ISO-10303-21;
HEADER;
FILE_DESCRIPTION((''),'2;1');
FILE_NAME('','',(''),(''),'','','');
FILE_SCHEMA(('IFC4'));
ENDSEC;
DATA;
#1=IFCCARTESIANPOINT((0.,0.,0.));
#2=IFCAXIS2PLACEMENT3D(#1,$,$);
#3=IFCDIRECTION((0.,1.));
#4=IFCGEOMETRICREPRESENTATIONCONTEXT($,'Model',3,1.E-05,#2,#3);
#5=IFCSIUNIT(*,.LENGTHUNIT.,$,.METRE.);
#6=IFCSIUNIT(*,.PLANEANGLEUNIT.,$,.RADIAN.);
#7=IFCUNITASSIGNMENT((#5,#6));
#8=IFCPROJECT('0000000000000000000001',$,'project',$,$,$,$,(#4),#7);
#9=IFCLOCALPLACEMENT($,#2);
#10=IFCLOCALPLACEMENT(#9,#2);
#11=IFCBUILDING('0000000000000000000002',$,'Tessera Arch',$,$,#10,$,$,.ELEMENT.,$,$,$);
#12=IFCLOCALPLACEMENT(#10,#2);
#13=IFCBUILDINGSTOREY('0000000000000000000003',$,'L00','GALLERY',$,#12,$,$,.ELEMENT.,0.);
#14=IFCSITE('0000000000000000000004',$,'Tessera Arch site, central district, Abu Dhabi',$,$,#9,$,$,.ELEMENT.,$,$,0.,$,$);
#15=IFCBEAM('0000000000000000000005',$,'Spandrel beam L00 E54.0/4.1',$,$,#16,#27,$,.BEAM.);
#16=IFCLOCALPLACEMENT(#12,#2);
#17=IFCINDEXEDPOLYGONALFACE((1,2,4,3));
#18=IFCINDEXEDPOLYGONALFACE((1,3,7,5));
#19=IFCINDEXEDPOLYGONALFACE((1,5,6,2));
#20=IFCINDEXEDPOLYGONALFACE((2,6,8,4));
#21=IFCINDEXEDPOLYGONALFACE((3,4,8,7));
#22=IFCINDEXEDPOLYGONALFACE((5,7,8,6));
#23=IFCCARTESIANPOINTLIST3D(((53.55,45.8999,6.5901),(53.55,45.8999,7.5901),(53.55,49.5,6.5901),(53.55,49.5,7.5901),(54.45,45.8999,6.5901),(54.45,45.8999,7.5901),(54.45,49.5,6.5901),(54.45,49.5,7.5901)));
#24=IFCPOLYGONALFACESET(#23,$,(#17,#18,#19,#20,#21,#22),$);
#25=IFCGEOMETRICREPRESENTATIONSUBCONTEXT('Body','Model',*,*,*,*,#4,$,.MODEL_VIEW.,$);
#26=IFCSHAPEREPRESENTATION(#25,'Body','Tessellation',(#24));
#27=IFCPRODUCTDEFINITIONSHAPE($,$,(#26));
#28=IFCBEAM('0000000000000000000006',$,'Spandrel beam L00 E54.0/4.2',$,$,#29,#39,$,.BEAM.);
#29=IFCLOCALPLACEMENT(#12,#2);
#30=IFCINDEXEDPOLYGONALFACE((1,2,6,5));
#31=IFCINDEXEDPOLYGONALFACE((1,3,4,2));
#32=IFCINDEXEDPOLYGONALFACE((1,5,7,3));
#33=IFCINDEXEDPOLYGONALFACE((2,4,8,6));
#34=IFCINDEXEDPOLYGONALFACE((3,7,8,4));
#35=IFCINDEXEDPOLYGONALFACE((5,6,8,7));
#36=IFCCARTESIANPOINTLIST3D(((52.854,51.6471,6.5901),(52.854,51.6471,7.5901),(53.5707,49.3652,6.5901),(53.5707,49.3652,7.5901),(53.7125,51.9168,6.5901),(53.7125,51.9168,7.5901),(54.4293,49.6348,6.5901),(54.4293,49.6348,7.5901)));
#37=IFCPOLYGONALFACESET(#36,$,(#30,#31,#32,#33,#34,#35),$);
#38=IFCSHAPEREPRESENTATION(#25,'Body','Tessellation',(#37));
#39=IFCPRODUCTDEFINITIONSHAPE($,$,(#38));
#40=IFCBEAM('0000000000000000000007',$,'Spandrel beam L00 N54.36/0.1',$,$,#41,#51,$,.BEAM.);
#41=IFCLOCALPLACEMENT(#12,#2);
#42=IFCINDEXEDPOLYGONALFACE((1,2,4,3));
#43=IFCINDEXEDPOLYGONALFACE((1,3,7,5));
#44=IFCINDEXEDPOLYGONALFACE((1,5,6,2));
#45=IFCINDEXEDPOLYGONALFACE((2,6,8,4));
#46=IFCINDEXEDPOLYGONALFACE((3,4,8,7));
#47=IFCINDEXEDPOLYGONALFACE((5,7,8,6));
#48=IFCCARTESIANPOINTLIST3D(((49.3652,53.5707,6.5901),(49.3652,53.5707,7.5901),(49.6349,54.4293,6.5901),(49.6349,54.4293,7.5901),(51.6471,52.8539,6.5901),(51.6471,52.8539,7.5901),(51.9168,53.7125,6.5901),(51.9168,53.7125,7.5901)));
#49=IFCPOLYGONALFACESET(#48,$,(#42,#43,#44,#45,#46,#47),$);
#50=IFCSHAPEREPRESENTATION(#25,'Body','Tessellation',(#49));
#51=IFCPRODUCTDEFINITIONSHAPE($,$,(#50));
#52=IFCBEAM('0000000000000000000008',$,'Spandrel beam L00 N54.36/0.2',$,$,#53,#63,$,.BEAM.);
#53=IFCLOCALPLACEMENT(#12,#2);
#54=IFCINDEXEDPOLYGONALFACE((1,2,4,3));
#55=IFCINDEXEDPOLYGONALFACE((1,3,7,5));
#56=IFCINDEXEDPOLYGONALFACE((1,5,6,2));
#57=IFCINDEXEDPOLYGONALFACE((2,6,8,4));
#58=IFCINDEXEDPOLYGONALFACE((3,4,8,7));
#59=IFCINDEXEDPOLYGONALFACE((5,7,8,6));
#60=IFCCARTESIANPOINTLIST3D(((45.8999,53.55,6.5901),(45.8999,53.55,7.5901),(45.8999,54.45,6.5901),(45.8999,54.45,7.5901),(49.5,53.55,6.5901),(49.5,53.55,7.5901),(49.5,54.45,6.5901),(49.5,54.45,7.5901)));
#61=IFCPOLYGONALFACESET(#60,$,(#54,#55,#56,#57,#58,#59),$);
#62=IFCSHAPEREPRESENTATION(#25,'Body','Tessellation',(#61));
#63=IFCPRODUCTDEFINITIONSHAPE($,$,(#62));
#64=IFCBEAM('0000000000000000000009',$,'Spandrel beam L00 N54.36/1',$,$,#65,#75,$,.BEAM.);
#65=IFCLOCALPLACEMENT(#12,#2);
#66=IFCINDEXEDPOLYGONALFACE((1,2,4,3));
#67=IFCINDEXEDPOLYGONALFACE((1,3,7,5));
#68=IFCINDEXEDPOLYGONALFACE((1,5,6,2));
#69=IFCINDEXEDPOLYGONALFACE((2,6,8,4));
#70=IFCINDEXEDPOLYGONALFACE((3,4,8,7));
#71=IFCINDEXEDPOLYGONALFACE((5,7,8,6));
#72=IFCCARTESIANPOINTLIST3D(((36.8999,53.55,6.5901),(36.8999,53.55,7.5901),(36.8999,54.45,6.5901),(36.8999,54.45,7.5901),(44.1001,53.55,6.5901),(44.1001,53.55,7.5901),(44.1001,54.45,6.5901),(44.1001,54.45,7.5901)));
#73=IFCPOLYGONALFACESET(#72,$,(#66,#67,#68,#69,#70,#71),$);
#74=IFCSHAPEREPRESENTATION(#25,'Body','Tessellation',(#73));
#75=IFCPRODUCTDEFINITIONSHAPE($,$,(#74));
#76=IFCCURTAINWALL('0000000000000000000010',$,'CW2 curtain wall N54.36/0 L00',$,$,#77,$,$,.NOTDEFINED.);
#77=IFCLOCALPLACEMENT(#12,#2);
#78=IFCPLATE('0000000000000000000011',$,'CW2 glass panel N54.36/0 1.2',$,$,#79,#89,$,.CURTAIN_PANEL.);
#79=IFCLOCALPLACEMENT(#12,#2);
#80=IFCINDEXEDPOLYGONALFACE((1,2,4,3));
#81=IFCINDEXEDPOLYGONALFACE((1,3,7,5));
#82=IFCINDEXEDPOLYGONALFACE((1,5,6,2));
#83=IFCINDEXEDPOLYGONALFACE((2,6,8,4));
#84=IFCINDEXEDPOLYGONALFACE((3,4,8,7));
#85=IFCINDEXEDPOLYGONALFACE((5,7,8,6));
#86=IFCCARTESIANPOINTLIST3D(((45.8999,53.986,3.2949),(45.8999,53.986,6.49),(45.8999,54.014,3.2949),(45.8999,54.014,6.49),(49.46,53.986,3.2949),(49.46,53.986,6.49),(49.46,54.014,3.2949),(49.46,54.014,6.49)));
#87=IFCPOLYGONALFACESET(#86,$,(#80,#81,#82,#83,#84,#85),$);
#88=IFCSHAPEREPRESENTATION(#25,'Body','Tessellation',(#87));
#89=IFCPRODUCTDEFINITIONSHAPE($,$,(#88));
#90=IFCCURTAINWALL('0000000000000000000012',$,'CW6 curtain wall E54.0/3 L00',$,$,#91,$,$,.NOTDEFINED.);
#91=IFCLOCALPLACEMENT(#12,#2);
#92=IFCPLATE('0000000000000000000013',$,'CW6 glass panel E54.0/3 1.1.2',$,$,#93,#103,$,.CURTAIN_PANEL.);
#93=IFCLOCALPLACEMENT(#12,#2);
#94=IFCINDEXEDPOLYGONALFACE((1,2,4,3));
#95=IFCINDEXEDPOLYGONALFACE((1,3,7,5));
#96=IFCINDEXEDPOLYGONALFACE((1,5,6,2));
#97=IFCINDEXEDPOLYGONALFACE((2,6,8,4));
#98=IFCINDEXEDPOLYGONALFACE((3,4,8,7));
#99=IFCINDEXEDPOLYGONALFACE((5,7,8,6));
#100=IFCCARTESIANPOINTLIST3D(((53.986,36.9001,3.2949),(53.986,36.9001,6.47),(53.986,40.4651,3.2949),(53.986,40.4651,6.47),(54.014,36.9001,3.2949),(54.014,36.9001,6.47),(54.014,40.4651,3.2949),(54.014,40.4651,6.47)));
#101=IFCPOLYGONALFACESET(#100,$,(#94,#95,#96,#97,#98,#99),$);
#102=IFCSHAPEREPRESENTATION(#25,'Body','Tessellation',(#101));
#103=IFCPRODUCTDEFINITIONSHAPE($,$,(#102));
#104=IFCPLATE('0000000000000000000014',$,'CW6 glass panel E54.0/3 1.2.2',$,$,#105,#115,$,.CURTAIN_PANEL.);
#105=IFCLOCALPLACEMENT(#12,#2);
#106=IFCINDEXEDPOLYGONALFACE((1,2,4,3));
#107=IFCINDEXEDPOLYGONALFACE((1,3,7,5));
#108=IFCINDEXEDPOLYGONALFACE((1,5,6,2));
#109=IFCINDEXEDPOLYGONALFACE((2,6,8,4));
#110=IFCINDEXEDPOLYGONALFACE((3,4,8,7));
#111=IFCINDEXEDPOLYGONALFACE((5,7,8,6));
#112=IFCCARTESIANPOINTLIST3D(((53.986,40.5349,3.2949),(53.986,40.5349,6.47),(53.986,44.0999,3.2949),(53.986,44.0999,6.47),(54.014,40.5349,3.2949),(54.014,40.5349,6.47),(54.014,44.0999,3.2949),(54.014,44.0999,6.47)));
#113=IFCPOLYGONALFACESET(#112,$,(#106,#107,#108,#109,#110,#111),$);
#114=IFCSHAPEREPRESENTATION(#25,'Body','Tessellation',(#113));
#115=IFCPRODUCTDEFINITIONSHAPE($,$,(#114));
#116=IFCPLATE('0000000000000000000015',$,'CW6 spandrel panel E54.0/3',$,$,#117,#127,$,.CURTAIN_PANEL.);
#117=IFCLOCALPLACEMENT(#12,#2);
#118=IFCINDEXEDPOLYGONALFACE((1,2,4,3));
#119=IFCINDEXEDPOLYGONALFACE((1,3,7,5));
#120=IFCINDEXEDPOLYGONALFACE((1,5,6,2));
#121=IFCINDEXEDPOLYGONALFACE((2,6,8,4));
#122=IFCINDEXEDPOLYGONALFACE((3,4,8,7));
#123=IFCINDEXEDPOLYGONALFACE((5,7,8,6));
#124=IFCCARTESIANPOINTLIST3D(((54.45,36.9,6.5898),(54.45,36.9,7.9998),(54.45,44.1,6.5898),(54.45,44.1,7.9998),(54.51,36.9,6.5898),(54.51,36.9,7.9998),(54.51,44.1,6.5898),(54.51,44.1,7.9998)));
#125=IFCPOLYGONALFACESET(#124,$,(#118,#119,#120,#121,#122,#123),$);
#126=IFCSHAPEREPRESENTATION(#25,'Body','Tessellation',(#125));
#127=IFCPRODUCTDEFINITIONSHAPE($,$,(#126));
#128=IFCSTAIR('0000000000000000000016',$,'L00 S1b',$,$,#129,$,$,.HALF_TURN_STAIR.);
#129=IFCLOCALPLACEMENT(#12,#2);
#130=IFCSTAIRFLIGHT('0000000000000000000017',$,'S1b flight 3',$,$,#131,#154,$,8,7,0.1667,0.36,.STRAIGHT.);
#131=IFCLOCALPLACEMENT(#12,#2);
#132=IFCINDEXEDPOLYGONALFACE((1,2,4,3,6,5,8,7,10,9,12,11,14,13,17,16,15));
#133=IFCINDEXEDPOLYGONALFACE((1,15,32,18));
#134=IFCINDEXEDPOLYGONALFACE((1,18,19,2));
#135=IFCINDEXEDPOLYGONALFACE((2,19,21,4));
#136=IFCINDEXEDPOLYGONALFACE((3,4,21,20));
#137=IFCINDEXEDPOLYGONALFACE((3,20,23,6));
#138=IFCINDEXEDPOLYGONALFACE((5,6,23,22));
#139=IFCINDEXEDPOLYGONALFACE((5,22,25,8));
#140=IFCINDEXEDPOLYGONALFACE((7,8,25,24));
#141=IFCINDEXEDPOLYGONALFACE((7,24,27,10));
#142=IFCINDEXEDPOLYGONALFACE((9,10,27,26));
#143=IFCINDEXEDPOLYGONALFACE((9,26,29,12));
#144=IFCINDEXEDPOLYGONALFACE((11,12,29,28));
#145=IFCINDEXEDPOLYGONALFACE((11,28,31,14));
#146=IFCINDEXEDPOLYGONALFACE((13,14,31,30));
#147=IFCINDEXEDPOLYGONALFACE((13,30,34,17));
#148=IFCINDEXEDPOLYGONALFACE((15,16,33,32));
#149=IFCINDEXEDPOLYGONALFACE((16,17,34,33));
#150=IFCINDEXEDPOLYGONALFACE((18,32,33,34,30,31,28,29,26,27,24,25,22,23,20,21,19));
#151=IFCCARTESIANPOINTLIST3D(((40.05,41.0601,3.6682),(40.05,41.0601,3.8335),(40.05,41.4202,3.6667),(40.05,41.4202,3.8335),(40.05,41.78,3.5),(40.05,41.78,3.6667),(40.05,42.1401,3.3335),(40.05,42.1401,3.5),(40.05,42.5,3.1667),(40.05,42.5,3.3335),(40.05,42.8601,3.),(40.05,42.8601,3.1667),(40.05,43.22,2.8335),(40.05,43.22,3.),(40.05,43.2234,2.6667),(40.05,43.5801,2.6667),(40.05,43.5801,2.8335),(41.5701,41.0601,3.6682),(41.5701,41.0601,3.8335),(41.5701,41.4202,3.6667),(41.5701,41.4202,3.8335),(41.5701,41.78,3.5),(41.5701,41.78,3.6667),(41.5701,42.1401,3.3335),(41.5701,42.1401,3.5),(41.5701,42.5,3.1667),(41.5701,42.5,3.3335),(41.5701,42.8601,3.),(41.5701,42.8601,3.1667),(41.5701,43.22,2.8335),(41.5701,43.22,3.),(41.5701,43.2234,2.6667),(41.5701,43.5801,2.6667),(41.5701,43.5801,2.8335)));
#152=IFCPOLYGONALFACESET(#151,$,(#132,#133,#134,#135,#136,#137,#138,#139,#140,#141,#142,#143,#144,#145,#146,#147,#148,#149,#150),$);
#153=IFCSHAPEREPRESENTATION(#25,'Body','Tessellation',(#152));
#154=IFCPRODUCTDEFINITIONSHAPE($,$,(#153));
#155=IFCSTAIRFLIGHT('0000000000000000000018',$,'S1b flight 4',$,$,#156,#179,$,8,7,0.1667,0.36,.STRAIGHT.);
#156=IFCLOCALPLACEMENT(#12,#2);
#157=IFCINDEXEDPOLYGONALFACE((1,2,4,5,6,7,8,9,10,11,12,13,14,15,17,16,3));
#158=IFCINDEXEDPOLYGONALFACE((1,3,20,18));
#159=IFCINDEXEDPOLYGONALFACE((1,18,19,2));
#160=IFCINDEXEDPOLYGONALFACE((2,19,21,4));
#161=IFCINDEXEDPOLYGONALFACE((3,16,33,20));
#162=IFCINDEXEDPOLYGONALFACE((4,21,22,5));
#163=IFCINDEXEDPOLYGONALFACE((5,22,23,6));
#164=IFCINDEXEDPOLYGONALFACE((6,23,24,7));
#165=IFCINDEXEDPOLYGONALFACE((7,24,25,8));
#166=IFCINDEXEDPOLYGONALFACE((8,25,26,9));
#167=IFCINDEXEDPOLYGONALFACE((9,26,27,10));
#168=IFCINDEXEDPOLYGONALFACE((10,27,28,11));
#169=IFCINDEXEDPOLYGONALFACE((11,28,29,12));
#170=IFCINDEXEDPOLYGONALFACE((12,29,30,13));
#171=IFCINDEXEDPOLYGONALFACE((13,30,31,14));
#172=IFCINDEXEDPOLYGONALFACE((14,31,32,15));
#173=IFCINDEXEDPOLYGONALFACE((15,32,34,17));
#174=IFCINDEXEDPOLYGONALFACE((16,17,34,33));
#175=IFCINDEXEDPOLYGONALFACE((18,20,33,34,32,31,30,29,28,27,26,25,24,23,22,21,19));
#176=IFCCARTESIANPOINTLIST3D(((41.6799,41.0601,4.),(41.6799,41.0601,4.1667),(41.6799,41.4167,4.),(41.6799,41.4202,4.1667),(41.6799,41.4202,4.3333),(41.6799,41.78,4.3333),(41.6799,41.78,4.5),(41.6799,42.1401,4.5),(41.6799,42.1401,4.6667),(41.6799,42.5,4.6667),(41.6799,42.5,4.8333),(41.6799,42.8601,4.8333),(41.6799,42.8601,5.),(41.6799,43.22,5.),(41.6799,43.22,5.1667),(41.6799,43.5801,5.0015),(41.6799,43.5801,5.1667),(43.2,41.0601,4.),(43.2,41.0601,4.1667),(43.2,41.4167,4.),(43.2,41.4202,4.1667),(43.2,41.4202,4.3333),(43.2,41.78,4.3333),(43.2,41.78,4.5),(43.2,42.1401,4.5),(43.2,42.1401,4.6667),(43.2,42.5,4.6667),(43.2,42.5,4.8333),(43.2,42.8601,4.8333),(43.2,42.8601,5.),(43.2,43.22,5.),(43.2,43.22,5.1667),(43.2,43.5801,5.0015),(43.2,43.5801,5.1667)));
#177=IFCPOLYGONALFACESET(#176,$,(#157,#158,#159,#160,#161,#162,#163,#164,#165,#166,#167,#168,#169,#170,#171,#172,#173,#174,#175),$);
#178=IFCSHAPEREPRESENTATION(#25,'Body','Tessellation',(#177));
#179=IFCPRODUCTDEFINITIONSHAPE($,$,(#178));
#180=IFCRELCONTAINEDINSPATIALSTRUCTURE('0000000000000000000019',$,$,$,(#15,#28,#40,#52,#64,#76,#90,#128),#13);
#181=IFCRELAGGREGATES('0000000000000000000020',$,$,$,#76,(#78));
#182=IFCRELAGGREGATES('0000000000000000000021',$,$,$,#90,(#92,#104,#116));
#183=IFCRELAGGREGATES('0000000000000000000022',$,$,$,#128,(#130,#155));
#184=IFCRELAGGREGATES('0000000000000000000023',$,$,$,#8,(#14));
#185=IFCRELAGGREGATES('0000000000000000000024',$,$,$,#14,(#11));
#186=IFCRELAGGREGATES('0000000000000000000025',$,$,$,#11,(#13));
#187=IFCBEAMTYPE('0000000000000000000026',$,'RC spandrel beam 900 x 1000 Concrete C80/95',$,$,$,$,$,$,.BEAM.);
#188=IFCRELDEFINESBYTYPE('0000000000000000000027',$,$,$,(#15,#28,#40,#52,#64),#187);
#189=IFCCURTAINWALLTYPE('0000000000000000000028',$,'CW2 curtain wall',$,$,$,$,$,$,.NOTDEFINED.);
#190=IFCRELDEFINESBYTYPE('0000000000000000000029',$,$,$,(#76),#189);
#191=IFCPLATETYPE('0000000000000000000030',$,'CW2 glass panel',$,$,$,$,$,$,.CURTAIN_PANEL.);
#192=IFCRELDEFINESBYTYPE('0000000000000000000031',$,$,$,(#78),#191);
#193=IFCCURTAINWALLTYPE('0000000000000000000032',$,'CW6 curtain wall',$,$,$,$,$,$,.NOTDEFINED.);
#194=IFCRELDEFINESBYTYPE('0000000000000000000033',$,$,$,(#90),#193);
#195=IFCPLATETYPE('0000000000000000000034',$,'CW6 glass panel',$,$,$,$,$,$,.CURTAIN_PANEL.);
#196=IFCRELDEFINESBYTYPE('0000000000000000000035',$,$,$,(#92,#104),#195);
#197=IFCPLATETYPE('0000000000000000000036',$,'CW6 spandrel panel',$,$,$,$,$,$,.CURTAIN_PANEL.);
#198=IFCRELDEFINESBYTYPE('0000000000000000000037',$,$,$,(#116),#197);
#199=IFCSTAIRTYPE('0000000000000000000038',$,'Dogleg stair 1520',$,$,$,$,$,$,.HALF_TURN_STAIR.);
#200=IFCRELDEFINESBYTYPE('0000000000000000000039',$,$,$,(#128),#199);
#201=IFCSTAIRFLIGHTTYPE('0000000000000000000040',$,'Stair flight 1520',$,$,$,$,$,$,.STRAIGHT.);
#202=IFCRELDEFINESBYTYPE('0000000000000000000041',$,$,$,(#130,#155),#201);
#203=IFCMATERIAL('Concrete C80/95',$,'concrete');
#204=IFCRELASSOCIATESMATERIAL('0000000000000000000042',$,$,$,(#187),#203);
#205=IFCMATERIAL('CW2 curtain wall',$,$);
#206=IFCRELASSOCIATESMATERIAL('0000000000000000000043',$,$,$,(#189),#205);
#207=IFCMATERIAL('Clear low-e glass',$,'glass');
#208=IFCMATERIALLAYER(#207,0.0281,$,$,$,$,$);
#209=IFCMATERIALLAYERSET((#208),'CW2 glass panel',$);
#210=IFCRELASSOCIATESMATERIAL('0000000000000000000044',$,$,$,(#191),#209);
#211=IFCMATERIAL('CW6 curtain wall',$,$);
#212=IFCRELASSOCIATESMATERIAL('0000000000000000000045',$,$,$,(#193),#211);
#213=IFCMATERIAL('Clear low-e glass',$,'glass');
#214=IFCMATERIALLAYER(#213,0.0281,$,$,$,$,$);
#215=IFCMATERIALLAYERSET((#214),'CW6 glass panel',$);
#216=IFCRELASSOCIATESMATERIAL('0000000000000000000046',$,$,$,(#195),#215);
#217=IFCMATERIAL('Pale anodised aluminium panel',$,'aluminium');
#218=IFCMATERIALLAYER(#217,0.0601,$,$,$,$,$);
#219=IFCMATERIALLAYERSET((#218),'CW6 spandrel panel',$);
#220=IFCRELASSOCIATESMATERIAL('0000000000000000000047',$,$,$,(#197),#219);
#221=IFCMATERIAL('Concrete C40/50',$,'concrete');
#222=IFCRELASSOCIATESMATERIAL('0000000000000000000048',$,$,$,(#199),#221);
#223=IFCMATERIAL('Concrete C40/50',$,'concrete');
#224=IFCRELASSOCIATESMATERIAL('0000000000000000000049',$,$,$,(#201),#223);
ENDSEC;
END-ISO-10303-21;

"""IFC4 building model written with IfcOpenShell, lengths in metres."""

from ifc_helpers import new_model, si_unit, direction, frame, origin, origin_2d, place, context, subcontext, project, spatial, polyline, rectangle, outline, extrude, material, layer, layer_set, material_profile, profile_set, type_object, element, aggregate, save


model = new_model("IFC4")

# Units and contexts
model_context = context("Model", 3, precision=1e-05, world=origin(), true_north=direction((0.0, 1.0)))
body_context = subcontext(model_context, "Body", "Model", "MODEL_VIEW")
ifc_project = project(units=[si_unit("LENGTHUNIT", "METRE"), si_unit("PLANEANGLEUNIT", "RADIAN")], contexts=[model_context])

# Site, building, storey
site_placement = place(None, origin())
site = spatial("IfcSite", under=ifc_project, at=site_placement, Name="Tessera Arch site, central district, Abu Dhabi", CompositionType="ELEMENT", RefElevation=0.0)
building_placement = place(site_placement, origin())
building = spatial("IfcBuilding", under=site, at=building_placement, Name="Tessera Arch", CompositionType="ELEMENT")
storey_placement = place(building_placement, origin())
storey = spatial("IfcBuildingStorey", under=building, at=storey_placement, Name="L00", Description="GALLERY", CompositionType="ELEMENT", Elevation=0.0)

# Beams
ifc_material_1 = material(Name="Concrete C80/95", Category="concrete")
ifc_material_profile = material_profile(ifc_material_1, rectangle(XDim=0.8999, YDim=1.0, at=origin_2d()), Name="RC spandrel beam 900 x 1000 Concrete C80/95")
ifc_profile_set = profile_set([ifc_material_profile], Name="Concrete C80/95")
beam_type = type_object("IfcBeamType", Name="RC spandrel beam 900 x 1000 Concrete C80/95", PredefinedType="BEAM", material=ifc_profile_set)
beam_1_placement = place(storey_placement, frame((54.0, 45.8999, 7.0901), z_axis=(0.0, 1.0, 0.0), x_axis=(-1.0, 0.0, 0.0)))
element("IfcBeam", 1, at=beam_1_placement, inside=storey, type_object=beam_type, Name="Spandrel beam L00 E54.0/4.1", PredefinedType="BEAM", context=body_context, shape_type="SweptSolid", body=[
    extrude(rectangle(XDim=0.8999, YDim=1.0, at=origin_2d()), origin(), (0.0, 0.0, 1.0), 3.6001),
])
for number, where, z_axis, x_axis, name in (
    (2, (54.0, 49.5, 7.0901), (-0.299675, 0.954041, 0.0), (-0.954041, -0.299675, 0.0), "Spandrel beam L00 E54.0/4.2"),
    (3, (51.782, 53.2832, 7.0901), (-0.954041, 0.299675, 0.0), (-0.299675, -0.954041, 0.0), "Spandrel beam L00 N54.36/0.1"),
):
    element("IfcBeam", number, at=place(storey_placement, frame(where, z_axis=z_axis, x_axis=x_axis)), inside=storey, type_object=beam_type, Name=name, PredefinedType="BEAM", context=body_context, shape_type="SweptSolid", body=[
        extrude(rectangle(XDim=0.8999, YDim=1.0, at=origin_2d()), origin(), (0.0, 0.0, 1.0), 2.3918),
    ])
beam_2_placement = place(storey_placement, frame((49.5, 54.0, 7.0901), z_axis=(-1.0, 0.0, 0.0), x_axis=(0.0, -1.0, 0.0)))
element("IfcBeam", 4, at=beam_2_placement, inside=storey, type_object=beam_type, Name="Spandrel beam L00 N54.36/0.2", PredefinedType="BEAM", context=body_context, shape_type="SweptSolid", body=[
    extrude(rectangle(XDim=0.8999, YDim=1.0, at=origin_2d()), origin(), (0.0, 0.0, 1.0), 3.6001),
])
beam_3_placement = place(storey_placement, frame((44.1001, 54.0, 7.0901), z_axis=(-1.0, 0.0, 0.0), x_axis=(0.0, -1.0, 0.0)))
element("IfcBeam", 5, at=beam_3_placement, inside=storey, type_object=beam_type, Name="Spandrel beam L00 N54.36/1", PredefinedType="BEAM", context=body_context, shape_type="SweptSolid", body=[
    extrude(rectangle(XDim=0.8999, YDim=1.0, at=origin_2d()), origin(), (0.0, 0.0, 1.0), 7.2002),
])

# Curtain wall, plate
ifc_material_2 = material(Name="CW2 curtain wall")
curtain_wall_type_1 = type_object("IfcCurtainWallType", Name="CW2 curtain wall", PredefinedType="NOTDEFINED", material=ifc_material_2)
curtain_wall_1_placement = place(storey_placement, origin())
curtain_wall_1 = element("IfcCurtainWall", 6, at=curtain_wall_1_placement, inside=storey, type_object=curtain_wall_type_1, Name="CW2 curtain wall N54.36/0 L00", PredefinedType="NOTDEFINED")
ifc_material_3 = material(Name="Clear low-e glass", Category="glass")
ifc_layer_1 = layer(ifc_material_3, 0.0281)
ifc_layer_set_1 = layer_set([ifc_layer_1], Name="CW2 glass panel")
plate_type_1 = type_object("IfcPlateType", Name="CW2 glass panel", PredefinedType="CURTAIN_PANEL", material=ifc_layer_set_1)
plate_1_placement = place(storey_placement, frame((47.6799, 54.0, 3.2949), z_axis=(0.0, 0.0, 1.0), x_axis=(-1.0, 0.0, 0.0)))
plate_1 = element("IfcPlate", 7, at=plate_1_placement, type_object=plate_type_1, Name="CW2 glass panel N54.36/0 1.2", PredefinedType="CURTAIN_PANEL", context=body_context, shape_type="SweptSolid", body=[
    extrude(rectangle(XDim=3.5601, YDim=0.0281, at=origin_2d()), origin(), (0.0, 0.0, 1.0), 3.1951),
])
aggregate(curtain_wall_1, [plate_1])

# Curtain wall, plates
ifc_material_4 = material(Name="CW6 curtain wall")
curtain_wall_type_2 = type_object("IfcCurtainWallType", Name="CW6 curtain wall", PredefinedType="NOTDEFINED", material=ifc_material_4)
curtain_wall_2_placement = place(storey_placement, origin())
curtain_wall_2 = element("IfcCurtainWall", 8, at=curtain_wall_2_placement, inside=storey, type_object=curtain_wall_type_2, Name="CW6 curtain wall E54.0/3 L00", PredefinedType="NOTDEFINED")
ifc_material_5 = material(Name="Clear low-e glass", Category="glass")
ifc_layer_2 = layer(ifc_material_5, 0.0281)
ifc_layer_set_2 = layer_set([ifc_layer_2], Name="CW6 glass panel")
plate_type_2 = type_object("IfcPlateType", Name="CW6 glass panel", PredefinedType="CURTAIN_PANEL", material=ifc_layer_set_2)
plate_2_placement = place(storey_placement, frame((54.0, 38.6826, 3.2949), z_axis=(0.0, 0.0, 1.0), x_axis=(0.0, 1.0, 0.0)))
plate_2 = element("IfcPlate", 9, at=plate_2_placement, type_object=plate_type_2, Name="CW6 glass panel E54.0/3 1.1.2", PredefinedType="CURTAIN_PANEL", context=body_context, shape_type="SweptSolid", body=[
    extrude(rectangle(XDim=3.5649, YDim=0.0281, at=origin_2d()), origin(), (0.0, 0.0, 1.0), 3.175),
])
plate_3_placement = place(storey_placement, frame((54.0, 42.3174, 3.2949), z_axis=(0.0, 0.0, 1.0), x_axis=(0.0, 1.0, 0.0)))
plate_3 = element("IfcPlate", 10, at=plate_3_placement, type_object=plate_type_2, Name="CW6 glass panel E54.0/3 1.2.2", PredefinedType="CURTAIN_PANEL", context=body_context, shape_type="SweptSolid", body=[
    extrude(rectangle(XDim=3.5649, YDim=0.0281, at=origin_2d()), origin(), (0.0, 0.0, 1.0), 3.175),
])
ifc_material_6 = material(Name="Pale anodised aluminium panel", Category="aluminium")
ifc_layer_3 = layer(ifc_material_6, 0.0601)
ifc_layer_set_3 = layer_set([ifc_layer_3], Name="CW6 spandrel panel")
plate_type_3 = type_object("IfcPlateType", Name="CW6 spandrel panel", PredefinedType="CURTAIN_PANEL", material=ifc_layer_set_3)
plate_4_placement = place(storey_placement, frame((54.48, 40.5, 6.5898), z_axis=(0.0, 0.0, 1.0), x_axis=(0.0, 1.0, 0.0)))
plate_4 = element("IfcPlate", 11, at=plate_4_placement, type_object=plate_type_3, Name="CW6 spandrel panel E54.0/3", PredefinedType="CURTAIN_PANEL", context=body_context, shape_type="SweptSolid", body=[
    extrude(rectangle(XDim=7.2, YDim=0.0601, at=origin_2d()), origin(), (0.0, 0.0, 1.0), 1.4099),
])
aggregate(curtain_wall_2, [plate_2, plate_3, plate_4])

# Stair, stair flights
ifc_material_7 = material(Name="Concrete C40/50", Category="concrete")
stair_type = type_object("IfcStairType", Name="Dogleg stair 1520", PredefinedType="HALF_TURN_STAIR", material=ifc_material_7)
stair_1_placement = place(storey_placement, origin())
stair_1 = element("IfcStair", 12, at=stair_1_placement, inside=storey, type_object=stair_type, Name="L00 S1b", PredefinedType="HALF_TURN_STAIR")
ifc_material_8 = material(Name="Concrete C40/50", Category="concrete")
stair_flight_type = type_object("IfcStairFlightType", Name="Stair flight 1520", PredefinedType="STRAIGHT", material=ifc_material_8)
stair_flight_1_placement = place(storey_placement, frame((40.8101, 43.5801, 2.6667), z_axis=(0.0, 0.0, 1.0), x_axis=(0.0, -1.0, 0.0)))
stair_flight_1 = element("IfcStairFlight", 13, at=stair_flight_1_placement, type_object=stair_flight_type, Name="S1b flight 3", NumberOfRisers=8, NumberOfTreads=7, PredefinedType="STRAIGHT", RiserHeight=0.1667, TreadLength=0.36, context=body_context, shape_type="SweptSolid", body=[
    extrude(outline(polyline([(0.0, 0.0), (0.0, 0.1667), (0.3601, 0.1667), (0.3601, 0.3333), (0.72, 0.3333), (0.72, 0.5), (1.0801, 0.5), (1.0801, 0.6667), (1.4399, 0.6667), (1.4399, 0.8333), (1.8, 0.8333), (1.8, 1.0), (2.1599, 1.0), (2.1599, 1.1667), (2.52, 1.1667), (2.52, 1.3333), (2.52, 1.0015), (0.3567, 0.0), (0.0, 0.0)])), frame((0.0, 0.76, 0.0), z_axis=(0.0, -1.0, 0.0), x_axis=(1.0, 0.0, 0.0)), (0.0, 0.0, 1.0), 1.52),
])
stair_flight_2_placement = place(storey_placement, frame((42.4399, 41.0601, 4.0), z_axis=(0.0, 0.0, 1.0), x_axis=(0.0, 1.0, 0.0)))
stair_flight_2 = element("IfcStairFlight", 14, at=stair_flight_2_placement, type_object=stair_flight_type, Name="S1b flight 4", NumberOfRisers=8, NumberOfTreads=7, PredefinedType="STRAIGHT", RiserHeight=0.1667, TreadLength=0.36, context=body_context, shape_type="SweptSolid", body=[
    extrude(outline(polyline([(0.0, 0.0), (0.0, 0.1667), (0.3601, 0.1667), (0.3601, 0.3333), (0.72, 0.3333), (0.72, 0.5), (1.0801, 0.5), (1.0801, 0.6667), (1.4399, 0.6667), (1.4399, 0.8333), (1.8, 0.8333), (1.8, 1.0), (2.1599, 1.0), (2.1599, 1.1667), (2.52, 1.1667), (2.52, 1.3333), (2.52, 1.0015), (0.3567, 0.0), (0.0, 0.0)])), frame((0.0, 0.76, 0.0), z_axis=(0.0, -1.0, 0.0), x_axis=(1.0, 0.0, 0.0)), (0.0, 0.0, 1.0), 1.52),
])
aggregate(stair_1, [stair_flight_1, stair_flight_2])

save(model, "model.ifc")
